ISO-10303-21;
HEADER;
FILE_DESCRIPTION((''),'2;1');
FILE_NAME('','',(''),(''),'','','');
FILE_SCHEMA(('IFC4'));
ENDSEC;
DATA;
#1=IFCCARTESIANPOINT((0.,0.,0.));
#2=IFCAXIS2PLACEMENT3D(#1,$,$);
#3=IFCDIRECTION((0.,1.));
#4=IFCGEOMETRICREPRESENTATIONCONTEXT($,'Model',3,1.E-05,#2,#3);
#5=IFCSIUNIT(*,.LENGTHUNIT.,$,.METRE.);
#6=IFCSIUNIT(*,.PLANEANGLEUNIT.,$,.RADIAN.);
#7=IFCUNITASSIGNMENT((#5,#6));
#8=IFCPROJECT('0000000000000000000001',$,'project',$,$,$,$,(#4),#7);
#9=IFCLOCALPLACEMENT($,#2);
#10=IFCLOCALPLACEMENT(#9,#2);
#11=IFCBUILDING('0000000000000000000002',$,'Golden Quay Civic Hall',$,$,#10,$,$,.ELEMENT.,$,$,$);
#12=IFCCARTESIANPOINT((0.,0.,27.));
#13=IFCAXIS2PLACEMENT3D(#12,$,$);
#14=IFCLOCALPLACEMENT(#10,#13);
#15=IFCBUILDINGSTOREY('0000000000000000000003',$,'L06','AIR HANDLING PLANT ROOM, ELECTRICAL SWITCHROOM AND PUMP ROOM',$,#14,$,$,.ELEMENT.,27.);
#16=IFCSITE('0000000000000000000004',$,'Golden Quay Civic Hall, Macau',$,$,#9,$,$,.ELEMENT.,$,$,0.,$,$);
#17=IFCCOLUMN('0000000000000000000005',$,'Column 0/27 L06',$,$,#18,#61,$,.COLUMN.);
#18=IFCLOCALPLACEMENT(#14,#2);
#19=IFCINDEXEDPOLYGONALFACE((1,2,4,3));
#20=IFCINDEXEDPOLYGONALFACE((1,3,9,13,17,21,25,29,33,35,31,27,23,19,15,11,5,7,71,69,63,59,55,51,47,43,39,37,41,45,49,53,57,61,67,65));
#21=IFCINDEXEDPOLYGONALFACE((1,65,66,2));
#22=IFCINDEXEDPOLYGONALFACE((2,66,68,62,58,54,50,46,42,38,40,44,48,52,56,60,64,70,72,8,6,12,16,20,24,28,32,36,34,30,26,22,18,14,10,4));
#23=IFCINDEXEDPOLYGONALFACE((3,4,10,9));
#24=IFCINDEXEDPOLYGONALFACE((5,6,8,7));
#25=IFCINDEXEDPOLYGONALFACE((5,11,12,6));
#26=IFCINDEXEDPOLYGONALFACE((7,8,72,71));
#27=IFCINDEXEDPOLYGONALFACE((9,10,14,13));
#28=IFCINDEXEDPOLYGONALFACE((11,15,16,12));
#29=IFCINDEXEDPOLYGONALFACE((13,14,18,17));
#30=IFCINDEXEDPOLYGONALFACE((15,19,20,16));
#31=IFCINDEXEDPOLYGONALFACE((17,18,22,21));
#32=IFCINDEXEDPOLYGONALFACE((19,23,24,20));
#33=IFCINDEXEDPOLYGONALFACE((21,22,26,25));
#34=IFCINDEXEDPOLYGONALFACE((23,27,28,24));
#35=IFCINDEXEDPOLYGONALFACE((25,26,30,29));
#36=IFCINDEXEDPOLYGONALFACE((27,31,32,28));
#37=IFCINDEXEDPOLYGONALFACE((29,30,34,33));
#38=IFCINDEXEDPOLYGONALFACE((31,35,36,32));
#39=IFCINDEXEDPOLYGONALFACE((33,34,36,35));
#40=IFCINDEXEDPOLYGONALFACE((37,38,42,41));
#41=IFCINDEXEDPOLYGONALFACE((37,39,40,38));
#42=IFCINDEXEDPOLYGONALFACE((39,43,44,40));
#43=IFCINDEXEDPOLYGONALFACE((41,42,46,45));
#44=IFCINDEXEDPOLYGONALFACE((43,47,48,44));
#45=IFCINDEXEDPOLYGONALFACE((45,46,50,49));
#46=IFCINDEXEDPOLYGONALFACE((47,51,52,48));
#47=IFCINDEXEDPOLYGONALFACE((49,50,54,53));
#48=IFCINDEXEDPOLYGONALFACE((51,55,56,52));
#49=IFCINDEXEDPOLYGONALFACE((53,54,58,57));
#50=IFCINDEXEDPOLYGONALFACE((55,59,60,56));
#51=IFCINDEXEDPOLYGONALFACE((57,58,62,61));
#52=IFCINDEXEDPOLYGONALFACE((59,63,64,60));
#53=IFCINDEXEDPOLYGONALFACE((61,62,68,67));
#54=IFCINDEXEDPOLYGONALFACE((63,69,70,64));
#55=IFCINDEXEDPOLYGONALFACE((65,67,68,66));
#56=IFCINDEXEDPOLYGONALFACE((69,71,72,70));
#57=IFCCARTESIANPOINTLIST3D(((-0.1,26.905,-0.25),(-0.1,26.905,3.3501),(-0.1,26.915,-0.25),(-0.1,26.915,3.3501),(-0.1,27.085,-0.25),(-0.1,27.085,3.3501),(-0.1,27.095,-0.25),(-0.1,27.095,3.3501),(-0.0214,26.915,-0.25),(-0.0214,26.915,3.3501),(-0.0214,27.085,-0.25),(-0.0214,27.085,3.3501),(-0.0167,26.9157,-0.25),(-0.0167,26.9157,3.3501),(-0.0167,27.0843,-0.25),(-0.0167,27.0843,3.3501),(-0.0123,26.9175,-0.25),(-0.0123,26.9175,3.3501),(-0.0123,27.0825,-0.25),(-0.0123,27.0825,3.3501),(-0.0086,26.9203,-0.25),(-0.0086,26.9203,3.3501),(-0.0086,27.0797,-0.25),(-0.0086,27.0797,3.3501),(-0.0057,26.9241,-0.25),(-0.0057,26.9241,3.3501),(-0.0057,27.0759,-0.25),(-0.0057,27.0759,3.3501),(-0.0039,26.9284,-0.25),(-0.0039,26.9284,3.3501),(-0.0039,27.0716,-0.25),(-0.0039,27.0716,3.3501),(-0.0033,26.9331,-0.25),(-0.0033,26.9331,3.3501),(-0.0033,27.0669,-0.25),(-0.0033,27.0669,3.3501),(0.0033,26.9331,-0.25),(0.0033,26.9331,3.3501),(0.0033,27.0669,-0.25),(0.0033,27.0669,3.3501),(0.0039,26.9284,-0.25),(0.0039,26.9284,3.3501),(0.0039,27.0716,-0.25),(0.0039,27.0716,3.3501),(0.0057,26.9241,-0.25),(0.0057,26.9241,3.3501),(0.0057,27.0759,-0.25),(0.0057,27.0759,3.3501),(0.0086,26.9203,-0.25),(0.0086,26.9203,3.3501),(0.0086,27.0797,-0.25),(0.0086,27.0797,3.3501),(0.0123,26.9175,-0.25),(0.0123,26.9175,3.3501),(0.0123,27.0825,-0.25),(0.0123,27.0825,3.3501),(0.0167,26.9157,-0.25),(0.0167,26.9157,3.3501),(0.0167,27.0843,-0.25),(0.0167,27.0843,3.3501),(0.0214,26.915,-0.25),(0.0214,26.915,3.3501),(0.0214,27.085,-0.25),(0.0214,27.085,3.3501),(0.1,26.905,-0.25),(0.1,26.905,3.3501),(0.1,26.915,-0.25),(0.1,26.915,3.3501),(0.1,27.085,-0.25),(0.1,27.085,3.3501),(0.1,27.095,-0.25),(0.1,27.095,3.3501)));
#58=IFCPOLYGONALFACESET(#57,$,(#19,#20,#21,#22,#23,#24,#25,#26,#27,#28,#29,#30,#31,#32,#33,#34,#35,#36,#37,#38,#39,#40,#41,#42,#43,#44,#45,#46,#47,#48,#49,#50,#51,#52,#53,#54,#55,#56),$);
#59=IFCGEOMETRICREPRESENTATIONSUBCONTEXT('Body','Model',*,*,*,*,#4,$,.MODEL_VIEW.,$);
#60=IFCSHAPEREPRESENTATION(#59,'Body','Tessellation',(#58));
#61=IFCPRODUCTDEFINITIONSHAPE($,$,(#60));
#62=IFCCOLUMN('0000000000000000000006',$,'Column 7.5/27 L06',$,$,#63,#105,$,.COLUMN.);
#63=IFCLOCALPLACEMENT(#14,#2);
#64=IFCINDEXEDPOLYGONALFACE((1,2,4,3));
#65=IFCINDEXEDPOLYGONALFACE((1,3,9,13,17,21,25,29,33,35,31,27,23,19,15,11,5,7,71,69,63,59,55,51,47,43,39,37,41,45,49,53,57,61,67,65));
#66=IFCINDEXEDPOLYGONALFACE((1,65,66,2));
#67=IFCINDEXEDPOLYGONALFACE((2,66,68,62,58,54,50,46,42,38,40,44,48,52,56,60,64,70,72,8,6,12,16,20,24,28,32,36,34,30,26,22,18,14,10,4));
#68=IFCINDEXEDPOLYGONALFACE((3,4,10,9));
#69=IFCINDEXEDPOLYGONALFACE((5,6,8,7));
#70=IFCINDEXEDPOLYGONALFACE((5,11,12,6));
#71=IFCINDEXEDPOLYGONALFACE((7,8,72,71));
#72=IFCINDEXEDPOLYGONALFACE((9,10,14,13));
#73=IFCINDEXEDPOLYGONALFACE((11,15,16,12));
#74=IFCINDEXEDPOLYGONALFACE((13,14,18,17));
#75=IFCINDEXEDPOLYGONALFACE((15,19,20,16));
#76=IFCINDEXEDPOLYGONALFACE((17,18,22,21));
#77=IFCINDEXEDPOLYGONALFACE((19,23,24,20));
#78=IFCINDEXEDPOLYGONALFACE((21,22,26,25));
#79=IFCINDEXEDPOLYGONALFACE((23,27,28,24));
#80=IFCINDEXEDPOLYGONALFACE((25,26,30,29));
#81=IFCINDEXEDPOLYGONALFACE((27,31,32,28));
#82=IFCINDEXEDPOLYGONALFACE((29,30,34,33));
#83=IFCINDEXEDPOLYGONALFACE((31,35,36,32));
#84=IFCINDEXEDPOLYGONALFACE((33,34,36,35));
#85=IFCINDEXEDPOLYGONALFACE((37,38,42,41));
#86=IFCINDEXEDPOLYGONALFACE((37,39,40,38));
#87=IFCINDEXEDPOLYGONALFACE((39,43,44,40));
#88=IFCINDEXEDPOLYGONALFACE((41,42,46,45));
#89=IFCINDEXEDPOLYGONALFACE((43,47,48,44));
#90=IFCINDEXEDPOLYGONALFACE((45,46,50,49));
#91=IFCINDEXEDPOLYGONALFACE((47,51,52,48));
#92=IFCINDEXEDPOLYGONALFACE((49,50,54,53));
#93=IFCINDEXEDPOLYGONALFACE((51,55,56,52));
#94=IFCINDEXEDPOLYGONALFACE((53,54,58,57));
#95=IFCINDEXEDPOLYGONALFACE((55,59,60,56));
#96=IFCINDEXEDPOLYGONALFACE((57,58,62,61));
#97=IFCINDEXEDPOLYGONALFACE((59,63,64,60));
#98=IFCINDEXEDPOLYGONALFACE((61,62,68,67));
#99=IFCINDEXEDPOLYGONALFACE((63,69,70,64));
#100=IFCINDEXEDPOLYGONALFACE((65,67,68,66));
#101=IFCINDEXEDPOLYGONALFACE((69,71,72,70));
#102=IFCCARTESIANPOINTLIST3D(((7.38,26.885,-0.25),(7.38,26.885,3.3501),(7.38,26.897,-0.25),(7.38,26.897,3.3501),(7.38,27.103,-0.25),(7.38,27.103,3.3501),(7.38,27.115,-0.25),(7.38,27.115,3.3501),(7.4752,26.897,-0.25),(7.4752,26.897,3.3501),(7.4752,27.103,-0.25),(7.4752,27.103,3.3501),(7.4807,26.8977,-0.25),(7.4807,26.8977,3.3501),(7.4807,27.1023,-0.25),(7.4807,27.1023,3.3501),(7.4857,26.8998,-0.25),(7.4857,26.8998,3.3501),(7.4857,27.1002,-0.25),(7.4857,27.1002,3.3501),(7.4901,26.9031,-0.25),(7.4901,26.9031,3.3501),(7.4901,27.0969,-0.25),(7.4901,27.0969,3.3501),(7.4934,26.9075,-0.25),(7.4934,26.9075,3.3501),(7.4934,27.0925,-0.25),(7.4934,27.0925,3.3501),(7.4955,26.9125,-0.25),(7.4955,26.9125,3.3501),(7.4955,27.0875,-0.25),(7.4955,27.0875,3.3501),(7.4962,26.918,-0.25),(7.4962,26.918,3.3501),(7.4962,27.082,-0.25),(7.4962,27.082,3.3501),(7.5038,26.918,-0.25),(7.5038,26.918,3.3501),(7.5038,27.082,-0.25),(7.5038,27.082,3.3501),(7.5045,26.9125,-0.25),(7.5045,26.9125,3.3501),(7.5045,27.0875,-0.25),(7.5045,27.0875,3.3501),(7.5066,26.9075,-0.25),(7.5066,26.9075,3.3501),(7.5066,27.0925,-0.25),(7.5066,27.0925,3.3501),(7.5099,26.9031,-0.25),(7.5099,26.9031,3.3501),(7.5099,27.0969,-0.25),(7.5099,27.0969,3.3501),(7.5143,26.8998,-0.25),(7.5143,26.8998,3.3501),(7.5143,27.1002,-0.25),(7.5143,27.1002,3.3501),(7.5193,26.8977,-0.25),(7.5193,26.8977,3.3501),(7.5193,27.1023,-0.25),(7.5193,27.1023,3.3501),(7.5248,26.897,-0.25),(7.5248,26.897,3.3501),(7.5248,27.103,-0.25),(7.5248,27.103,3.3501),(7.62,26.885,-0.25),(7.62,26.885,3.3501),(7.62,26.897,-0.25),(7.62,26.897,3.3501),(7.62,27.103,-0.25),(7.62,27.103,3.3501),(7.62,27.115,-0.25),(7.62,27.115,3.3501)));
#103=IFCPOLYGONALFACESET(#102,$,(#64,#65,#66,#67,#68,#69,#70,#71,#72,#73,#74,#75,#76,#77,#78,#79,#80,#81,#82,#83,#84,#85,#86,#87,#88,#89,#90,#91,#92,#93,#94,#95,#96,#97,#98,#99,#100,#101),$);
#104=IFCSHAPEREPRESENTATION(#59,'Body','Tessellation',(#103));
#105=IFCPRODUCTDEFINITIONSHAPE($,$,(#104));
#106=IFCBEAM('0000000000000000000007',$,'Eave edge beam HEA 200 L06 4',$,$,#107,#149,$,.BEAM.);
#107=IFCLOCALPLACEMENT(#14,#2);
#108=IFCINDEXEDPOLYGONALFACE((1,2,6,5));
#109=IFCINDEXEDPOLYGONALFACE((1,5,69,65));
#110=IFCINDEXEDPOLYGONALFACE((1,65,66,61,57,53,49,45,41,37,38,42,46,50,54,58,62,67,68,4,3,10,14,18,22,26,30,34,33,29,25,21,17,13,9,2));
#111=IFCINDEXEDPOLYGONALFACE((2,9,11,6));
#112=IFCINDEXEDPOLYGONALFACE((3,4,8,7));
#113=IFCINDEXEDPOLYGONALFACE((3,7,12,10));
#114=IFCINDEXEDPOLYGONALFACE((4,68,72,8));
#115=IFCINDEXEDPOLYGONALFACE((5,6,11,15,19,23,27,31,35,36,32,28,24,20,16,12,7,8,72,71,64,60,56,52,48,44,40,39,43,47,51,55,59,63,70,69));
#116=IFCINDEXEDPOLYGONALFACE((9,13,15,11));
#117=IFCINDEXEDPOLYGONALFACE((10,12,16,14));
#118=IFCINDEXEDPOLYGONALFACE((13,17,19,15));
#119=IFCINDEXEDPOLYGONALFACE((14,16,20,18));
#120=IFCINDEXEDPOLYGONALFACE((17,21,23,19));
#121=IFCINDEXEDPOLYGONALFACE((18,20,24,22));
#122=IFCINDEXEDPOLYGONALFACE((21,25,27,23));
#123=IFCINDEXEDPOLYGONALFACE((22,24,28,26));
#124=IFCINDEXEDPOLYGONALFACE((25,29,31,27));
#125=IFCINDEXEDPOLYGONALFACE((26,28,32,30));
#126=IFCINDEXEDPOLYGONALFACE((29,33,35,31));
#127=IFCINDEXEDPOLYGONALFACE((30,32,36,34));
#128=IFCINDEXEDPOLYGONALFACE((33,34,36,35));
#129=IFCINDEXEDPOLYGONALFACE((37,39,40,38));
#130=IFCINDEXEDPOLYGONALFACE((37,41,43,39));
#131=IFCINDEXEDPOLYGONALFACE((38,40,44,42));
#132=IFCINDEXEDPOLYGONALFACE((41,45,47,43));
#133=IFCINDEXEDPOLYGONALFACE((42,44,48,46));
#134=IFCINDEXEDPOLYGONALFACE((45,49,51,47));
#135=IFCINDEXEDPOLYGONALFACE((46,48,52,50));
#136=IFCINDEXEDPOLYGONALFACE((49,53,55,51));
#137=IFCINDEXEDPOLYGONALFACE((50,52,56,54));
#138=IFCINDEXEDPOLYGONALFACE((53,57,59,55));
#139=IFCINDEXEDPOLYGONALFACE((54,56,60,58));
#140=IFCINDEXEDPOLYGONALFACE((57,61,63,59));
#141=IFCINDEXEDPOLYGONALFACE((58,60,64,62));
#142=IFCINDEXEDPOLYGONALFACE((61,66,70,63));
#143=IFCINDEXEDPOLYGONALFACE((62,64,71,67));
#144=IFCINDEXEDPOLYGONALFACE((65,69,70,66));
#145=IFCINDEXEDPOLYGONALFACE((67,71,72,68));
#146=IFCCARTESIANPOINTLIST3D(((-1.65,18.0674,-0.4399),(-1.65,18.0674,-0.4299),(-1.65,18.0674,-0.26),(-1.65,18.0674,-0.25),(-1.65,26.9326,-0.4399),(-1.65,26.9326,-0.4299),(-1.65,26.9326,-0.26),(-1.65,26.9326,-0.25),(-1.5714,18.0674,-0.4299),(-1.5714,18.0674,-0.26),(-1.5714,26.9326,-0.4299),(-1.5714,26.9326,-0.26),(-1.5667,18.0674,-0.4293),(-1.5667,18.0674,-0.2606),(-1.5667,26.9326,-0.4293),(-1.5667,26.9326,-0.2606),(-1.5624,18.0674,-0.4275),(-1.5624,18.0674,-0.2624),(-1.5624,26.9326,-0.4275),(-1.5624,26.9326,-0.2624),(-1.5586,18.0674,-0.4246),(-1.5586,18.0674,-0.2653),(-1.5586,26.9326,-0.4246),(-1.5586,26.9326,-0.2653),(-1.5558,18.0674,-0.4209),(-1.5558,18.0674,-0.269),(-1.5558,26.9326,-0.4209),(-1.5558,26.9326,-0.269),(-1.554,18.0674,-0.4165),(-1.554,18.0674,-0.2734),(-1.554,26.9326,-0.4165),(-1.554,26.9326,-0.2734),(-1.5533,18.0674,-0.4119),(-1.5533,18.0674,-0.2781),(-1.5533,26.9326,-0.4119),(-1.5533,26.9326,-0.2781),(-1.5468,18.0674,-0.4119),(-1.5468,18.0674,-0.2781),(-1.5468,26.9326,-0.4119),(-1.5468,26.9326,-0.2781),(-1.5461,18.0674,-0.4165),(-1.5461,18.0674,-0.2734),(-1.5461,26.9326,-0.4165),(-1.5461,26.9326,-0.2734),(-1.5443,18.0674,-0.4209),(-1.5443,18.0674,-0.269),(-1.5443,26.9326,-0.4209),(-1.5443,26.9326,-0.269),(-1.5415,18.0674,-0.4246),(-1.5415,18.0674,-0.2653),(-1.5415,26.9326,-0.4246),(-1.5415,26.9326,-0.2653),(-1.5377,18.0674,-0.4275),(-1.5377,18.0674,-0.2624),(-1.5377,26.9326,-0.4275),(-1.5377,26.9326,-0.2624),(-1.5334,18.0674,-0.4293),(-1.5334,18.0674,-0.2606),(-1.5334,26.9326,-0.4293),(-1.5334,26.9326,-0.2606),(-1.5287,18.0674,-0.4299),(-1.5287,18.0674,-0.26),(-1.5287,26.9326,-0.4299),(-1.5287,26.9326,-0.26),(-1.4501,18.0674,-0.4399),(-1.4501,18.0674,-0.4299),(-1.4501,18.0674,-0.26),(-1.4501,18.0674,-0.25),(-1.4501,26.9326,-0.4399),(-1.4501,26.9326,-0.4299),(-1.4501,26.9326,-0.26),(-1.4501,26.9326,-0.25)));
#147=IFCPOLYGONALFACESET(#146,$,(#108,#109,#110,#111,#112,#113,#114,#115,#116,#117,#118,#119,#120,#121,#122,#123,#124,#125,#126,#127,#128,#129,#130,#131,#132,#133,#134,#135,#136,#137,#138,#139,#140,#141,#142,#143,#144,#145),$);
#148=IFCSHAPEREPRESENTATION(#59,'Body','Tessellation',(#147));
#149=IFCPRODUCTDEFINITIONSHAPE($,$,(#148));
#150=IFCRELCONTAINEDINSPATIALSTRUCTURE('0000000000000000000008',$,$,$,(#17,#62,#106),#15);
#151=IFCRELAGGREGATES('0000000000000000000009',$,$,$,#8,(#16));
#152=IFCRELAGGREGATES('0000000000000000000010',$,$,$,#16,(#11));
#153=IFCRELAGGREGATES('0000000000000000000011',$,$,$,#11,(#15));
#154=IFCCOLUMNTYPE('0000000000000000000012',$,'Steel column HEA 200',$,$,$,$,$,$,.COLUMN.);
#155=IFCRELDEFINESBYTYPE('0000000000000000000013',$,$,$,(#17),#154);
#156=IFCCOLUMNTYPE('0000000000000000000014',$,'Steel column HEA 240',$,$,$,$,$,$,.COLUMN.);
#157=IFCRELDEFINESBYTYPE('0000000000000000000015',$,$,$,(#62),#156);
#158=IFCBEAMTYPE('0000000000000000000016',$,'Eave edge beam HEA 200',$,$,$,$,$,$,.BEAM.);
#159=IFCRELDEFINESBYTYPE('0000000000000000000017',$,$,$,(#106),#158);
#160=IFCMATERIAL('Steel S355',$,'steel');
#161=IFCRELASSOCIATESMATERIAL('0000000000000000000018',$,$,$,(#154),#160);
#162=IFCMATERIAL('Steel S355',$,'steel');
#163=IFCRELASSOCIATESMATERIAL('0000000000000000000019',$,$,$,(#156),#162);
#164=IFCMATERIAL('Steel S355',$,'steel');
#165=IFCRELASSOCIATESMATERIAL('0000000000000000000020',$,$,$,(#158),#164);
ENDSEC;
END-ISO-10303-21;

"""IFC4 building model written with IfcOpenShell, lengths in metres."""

from ifc_helpers import new_model, si_unit, direction, frame, origin, origin_2d, place, context, subcontext, project, spatial, i_section, extrude, material, material_profile, profile_set, type_object, element, save


model = new_model("IFC4")

# Units and contexts
model_context = context("Model", 3, precision=1e-05, world=origin(), true_north=direction((0.0, 1.0)))
body_context = subcontext(model_context, "Body", "Model", "MODEL_VIEW")
ifc_project = project(units=[si_unit("LENGTHUNIT", "METRE"), si_unit("PLANEANGLEUNIT", "RADIAN")], contexts=[model_context])

# Site, building, storey
site_placement = place(None, origin())
site = spatial("IfcSite", under=ifc_project, at=site_placement, Name="Golden Quay Civic Hall, Macau", CompositionType="ELEMENT", RefElevation=0.0)
building_placement = place(site_placement, origin())
building = spatial("IfcBuilding", under=site, at=building_placement, Name="Golden Quay Civic Hall", CompositionType="ELEMENT")
storey_placement = place(building_placement, frame((0.0, 0.0, 27.0)))
storey = spatial("IfcBuildingStorey", under=building, at=storey_placement, Name="L06", Description="AIR HANDLING PLANT ROOM, ELECTRICAL SWITCHROOM AND PUMP ROOM", CompositionType="ELEMENT", Elevation=27.0)

# Columns
ifc_material_1 = material(Name="Steel S355", Category="steel")
ifc_material_profile_1 = material_profile(ifc_material_1, i_section(OverallWidth=0.2, OverallDepth=0.1899, WebThickness=0.0066, FlangeThickness=0.01, FilletRadius=0.0181, at=origin_2d()), Name="HEA 200")
ifc_profile_set_1 = profile_set([ifc_material_profile_1], Name="Steel S355")
column_type_1 = type_object("IfcColumnType", Name="Steel column HEA 200", PredefinedType="COLUMN", material=ifc_profile_set_1)
column_1_placement = place(storey_placement, frame((0.0, 27.0, -0.25), z_axis=(0.0, 0.0, 1.0), x_axis=(1.0, 0.0, 0.0)))
element("IfcColumn", 1, at=column_1_placement, inside=storey, type_object=column_type_1, Name="Column 0/27 L06", PredefinedType="COLUMN", context=body_context, shape_type="SweptSolid", body=[
    extrude(i_section(OverallWidth=0.2, OverallDepth=0.1899, WebThickness=0.0066, FlangeThickness=0.01, FilletRadius=0.0181, at=origin_2d()), origin(), (0.0, 0.0, 1.0), 3.6001),
])
ifc_material_2 = material(Name="Steel S355", Category="steel")
ifc_material_profile_2 = material_profile(ifc_material_2, i_section(OverallWidth=0.24, OverallDepth=0.23, WebThickness=0.0076, FlangeThickness=0.012, FilletRadius=0.021, at=origin_2d()), Name="HEA 240")
ifc_profile_set_2 = profile_set([ifc_material_profile_2], Name="Steel S355")
column_type_2 = type_object("IfcColumnType", Name="Steel column HEA 240", PredefinedType="COLUMN", material=ifc_profile_set_2)
column_2_placement = place(storey_placement, frame((7.5, 27.0, -0.25), z_axis=(0.0, 0.0, 1.0), x_axis=(1.0, 0.0, 0.0)))
element("IfcColumn", 2, at=column_2_placement, inside=storey, type_object=column_type_2, Name="Column 7.5/27 L06", PredefinedType="COLUMN", context=body_context, shape_type="SweptSolid", body=[
    extrude(i_section(OverallWidth=0.24, OverallDepth=0.23, WebThickness=0.0076, FlangeThickness=0.012, FilletRadius=0.021, at=origin_2d()), origin(), (0.0, 0.0, 1.0), 3.6001),
])

# Beam
ifc_material_3 = material(Name="Steel S355", Category="steel")
ifc_material_profile_3 = material_profile(ifc_material_3, i_section(OverallWidth=0.2, OverallDepth=0.1899, WebThickness=0.0066, FlangeThickness=0.01, FilletRadius=0.0181, at=origin_2d()), Name="HEA 200")
ifc_profile_set_3 = profile_set([ifc_material_profile_3], Name="Steel S355")
beam_type_1 = type_object("IfcBeamType", Name="Eave edge beam HEA 200", PredefinedType="BEAM", material=ifc_profile_set_3)
beam_1_placement = place(storey_placement, frame((-1.55, 18.0674, -0.345), z_axis=(0.0, 1.0, 0.0), x_axis=(-1.0, 0.0, 0.0)))
element("IfcBeam", 3, at=beam_1_placement, inside=storey, type_object=beam_type_1, Name="Eave edge beam HEA 200 L06 4", PredefinedType="BEAM", context=body_context, shape_type="SweptSolid", body=[
    extrude(i_section(OverallWidth=0.2, OverallDepth=0.1899, WebThickness=0.0066, FlangeThickness=0.01, FilletRadius=0.0181, at=origin_2d()), origin(), (0.0, 0.0, 1.0), 8.8652),
])

save(model, "model.ifc")
